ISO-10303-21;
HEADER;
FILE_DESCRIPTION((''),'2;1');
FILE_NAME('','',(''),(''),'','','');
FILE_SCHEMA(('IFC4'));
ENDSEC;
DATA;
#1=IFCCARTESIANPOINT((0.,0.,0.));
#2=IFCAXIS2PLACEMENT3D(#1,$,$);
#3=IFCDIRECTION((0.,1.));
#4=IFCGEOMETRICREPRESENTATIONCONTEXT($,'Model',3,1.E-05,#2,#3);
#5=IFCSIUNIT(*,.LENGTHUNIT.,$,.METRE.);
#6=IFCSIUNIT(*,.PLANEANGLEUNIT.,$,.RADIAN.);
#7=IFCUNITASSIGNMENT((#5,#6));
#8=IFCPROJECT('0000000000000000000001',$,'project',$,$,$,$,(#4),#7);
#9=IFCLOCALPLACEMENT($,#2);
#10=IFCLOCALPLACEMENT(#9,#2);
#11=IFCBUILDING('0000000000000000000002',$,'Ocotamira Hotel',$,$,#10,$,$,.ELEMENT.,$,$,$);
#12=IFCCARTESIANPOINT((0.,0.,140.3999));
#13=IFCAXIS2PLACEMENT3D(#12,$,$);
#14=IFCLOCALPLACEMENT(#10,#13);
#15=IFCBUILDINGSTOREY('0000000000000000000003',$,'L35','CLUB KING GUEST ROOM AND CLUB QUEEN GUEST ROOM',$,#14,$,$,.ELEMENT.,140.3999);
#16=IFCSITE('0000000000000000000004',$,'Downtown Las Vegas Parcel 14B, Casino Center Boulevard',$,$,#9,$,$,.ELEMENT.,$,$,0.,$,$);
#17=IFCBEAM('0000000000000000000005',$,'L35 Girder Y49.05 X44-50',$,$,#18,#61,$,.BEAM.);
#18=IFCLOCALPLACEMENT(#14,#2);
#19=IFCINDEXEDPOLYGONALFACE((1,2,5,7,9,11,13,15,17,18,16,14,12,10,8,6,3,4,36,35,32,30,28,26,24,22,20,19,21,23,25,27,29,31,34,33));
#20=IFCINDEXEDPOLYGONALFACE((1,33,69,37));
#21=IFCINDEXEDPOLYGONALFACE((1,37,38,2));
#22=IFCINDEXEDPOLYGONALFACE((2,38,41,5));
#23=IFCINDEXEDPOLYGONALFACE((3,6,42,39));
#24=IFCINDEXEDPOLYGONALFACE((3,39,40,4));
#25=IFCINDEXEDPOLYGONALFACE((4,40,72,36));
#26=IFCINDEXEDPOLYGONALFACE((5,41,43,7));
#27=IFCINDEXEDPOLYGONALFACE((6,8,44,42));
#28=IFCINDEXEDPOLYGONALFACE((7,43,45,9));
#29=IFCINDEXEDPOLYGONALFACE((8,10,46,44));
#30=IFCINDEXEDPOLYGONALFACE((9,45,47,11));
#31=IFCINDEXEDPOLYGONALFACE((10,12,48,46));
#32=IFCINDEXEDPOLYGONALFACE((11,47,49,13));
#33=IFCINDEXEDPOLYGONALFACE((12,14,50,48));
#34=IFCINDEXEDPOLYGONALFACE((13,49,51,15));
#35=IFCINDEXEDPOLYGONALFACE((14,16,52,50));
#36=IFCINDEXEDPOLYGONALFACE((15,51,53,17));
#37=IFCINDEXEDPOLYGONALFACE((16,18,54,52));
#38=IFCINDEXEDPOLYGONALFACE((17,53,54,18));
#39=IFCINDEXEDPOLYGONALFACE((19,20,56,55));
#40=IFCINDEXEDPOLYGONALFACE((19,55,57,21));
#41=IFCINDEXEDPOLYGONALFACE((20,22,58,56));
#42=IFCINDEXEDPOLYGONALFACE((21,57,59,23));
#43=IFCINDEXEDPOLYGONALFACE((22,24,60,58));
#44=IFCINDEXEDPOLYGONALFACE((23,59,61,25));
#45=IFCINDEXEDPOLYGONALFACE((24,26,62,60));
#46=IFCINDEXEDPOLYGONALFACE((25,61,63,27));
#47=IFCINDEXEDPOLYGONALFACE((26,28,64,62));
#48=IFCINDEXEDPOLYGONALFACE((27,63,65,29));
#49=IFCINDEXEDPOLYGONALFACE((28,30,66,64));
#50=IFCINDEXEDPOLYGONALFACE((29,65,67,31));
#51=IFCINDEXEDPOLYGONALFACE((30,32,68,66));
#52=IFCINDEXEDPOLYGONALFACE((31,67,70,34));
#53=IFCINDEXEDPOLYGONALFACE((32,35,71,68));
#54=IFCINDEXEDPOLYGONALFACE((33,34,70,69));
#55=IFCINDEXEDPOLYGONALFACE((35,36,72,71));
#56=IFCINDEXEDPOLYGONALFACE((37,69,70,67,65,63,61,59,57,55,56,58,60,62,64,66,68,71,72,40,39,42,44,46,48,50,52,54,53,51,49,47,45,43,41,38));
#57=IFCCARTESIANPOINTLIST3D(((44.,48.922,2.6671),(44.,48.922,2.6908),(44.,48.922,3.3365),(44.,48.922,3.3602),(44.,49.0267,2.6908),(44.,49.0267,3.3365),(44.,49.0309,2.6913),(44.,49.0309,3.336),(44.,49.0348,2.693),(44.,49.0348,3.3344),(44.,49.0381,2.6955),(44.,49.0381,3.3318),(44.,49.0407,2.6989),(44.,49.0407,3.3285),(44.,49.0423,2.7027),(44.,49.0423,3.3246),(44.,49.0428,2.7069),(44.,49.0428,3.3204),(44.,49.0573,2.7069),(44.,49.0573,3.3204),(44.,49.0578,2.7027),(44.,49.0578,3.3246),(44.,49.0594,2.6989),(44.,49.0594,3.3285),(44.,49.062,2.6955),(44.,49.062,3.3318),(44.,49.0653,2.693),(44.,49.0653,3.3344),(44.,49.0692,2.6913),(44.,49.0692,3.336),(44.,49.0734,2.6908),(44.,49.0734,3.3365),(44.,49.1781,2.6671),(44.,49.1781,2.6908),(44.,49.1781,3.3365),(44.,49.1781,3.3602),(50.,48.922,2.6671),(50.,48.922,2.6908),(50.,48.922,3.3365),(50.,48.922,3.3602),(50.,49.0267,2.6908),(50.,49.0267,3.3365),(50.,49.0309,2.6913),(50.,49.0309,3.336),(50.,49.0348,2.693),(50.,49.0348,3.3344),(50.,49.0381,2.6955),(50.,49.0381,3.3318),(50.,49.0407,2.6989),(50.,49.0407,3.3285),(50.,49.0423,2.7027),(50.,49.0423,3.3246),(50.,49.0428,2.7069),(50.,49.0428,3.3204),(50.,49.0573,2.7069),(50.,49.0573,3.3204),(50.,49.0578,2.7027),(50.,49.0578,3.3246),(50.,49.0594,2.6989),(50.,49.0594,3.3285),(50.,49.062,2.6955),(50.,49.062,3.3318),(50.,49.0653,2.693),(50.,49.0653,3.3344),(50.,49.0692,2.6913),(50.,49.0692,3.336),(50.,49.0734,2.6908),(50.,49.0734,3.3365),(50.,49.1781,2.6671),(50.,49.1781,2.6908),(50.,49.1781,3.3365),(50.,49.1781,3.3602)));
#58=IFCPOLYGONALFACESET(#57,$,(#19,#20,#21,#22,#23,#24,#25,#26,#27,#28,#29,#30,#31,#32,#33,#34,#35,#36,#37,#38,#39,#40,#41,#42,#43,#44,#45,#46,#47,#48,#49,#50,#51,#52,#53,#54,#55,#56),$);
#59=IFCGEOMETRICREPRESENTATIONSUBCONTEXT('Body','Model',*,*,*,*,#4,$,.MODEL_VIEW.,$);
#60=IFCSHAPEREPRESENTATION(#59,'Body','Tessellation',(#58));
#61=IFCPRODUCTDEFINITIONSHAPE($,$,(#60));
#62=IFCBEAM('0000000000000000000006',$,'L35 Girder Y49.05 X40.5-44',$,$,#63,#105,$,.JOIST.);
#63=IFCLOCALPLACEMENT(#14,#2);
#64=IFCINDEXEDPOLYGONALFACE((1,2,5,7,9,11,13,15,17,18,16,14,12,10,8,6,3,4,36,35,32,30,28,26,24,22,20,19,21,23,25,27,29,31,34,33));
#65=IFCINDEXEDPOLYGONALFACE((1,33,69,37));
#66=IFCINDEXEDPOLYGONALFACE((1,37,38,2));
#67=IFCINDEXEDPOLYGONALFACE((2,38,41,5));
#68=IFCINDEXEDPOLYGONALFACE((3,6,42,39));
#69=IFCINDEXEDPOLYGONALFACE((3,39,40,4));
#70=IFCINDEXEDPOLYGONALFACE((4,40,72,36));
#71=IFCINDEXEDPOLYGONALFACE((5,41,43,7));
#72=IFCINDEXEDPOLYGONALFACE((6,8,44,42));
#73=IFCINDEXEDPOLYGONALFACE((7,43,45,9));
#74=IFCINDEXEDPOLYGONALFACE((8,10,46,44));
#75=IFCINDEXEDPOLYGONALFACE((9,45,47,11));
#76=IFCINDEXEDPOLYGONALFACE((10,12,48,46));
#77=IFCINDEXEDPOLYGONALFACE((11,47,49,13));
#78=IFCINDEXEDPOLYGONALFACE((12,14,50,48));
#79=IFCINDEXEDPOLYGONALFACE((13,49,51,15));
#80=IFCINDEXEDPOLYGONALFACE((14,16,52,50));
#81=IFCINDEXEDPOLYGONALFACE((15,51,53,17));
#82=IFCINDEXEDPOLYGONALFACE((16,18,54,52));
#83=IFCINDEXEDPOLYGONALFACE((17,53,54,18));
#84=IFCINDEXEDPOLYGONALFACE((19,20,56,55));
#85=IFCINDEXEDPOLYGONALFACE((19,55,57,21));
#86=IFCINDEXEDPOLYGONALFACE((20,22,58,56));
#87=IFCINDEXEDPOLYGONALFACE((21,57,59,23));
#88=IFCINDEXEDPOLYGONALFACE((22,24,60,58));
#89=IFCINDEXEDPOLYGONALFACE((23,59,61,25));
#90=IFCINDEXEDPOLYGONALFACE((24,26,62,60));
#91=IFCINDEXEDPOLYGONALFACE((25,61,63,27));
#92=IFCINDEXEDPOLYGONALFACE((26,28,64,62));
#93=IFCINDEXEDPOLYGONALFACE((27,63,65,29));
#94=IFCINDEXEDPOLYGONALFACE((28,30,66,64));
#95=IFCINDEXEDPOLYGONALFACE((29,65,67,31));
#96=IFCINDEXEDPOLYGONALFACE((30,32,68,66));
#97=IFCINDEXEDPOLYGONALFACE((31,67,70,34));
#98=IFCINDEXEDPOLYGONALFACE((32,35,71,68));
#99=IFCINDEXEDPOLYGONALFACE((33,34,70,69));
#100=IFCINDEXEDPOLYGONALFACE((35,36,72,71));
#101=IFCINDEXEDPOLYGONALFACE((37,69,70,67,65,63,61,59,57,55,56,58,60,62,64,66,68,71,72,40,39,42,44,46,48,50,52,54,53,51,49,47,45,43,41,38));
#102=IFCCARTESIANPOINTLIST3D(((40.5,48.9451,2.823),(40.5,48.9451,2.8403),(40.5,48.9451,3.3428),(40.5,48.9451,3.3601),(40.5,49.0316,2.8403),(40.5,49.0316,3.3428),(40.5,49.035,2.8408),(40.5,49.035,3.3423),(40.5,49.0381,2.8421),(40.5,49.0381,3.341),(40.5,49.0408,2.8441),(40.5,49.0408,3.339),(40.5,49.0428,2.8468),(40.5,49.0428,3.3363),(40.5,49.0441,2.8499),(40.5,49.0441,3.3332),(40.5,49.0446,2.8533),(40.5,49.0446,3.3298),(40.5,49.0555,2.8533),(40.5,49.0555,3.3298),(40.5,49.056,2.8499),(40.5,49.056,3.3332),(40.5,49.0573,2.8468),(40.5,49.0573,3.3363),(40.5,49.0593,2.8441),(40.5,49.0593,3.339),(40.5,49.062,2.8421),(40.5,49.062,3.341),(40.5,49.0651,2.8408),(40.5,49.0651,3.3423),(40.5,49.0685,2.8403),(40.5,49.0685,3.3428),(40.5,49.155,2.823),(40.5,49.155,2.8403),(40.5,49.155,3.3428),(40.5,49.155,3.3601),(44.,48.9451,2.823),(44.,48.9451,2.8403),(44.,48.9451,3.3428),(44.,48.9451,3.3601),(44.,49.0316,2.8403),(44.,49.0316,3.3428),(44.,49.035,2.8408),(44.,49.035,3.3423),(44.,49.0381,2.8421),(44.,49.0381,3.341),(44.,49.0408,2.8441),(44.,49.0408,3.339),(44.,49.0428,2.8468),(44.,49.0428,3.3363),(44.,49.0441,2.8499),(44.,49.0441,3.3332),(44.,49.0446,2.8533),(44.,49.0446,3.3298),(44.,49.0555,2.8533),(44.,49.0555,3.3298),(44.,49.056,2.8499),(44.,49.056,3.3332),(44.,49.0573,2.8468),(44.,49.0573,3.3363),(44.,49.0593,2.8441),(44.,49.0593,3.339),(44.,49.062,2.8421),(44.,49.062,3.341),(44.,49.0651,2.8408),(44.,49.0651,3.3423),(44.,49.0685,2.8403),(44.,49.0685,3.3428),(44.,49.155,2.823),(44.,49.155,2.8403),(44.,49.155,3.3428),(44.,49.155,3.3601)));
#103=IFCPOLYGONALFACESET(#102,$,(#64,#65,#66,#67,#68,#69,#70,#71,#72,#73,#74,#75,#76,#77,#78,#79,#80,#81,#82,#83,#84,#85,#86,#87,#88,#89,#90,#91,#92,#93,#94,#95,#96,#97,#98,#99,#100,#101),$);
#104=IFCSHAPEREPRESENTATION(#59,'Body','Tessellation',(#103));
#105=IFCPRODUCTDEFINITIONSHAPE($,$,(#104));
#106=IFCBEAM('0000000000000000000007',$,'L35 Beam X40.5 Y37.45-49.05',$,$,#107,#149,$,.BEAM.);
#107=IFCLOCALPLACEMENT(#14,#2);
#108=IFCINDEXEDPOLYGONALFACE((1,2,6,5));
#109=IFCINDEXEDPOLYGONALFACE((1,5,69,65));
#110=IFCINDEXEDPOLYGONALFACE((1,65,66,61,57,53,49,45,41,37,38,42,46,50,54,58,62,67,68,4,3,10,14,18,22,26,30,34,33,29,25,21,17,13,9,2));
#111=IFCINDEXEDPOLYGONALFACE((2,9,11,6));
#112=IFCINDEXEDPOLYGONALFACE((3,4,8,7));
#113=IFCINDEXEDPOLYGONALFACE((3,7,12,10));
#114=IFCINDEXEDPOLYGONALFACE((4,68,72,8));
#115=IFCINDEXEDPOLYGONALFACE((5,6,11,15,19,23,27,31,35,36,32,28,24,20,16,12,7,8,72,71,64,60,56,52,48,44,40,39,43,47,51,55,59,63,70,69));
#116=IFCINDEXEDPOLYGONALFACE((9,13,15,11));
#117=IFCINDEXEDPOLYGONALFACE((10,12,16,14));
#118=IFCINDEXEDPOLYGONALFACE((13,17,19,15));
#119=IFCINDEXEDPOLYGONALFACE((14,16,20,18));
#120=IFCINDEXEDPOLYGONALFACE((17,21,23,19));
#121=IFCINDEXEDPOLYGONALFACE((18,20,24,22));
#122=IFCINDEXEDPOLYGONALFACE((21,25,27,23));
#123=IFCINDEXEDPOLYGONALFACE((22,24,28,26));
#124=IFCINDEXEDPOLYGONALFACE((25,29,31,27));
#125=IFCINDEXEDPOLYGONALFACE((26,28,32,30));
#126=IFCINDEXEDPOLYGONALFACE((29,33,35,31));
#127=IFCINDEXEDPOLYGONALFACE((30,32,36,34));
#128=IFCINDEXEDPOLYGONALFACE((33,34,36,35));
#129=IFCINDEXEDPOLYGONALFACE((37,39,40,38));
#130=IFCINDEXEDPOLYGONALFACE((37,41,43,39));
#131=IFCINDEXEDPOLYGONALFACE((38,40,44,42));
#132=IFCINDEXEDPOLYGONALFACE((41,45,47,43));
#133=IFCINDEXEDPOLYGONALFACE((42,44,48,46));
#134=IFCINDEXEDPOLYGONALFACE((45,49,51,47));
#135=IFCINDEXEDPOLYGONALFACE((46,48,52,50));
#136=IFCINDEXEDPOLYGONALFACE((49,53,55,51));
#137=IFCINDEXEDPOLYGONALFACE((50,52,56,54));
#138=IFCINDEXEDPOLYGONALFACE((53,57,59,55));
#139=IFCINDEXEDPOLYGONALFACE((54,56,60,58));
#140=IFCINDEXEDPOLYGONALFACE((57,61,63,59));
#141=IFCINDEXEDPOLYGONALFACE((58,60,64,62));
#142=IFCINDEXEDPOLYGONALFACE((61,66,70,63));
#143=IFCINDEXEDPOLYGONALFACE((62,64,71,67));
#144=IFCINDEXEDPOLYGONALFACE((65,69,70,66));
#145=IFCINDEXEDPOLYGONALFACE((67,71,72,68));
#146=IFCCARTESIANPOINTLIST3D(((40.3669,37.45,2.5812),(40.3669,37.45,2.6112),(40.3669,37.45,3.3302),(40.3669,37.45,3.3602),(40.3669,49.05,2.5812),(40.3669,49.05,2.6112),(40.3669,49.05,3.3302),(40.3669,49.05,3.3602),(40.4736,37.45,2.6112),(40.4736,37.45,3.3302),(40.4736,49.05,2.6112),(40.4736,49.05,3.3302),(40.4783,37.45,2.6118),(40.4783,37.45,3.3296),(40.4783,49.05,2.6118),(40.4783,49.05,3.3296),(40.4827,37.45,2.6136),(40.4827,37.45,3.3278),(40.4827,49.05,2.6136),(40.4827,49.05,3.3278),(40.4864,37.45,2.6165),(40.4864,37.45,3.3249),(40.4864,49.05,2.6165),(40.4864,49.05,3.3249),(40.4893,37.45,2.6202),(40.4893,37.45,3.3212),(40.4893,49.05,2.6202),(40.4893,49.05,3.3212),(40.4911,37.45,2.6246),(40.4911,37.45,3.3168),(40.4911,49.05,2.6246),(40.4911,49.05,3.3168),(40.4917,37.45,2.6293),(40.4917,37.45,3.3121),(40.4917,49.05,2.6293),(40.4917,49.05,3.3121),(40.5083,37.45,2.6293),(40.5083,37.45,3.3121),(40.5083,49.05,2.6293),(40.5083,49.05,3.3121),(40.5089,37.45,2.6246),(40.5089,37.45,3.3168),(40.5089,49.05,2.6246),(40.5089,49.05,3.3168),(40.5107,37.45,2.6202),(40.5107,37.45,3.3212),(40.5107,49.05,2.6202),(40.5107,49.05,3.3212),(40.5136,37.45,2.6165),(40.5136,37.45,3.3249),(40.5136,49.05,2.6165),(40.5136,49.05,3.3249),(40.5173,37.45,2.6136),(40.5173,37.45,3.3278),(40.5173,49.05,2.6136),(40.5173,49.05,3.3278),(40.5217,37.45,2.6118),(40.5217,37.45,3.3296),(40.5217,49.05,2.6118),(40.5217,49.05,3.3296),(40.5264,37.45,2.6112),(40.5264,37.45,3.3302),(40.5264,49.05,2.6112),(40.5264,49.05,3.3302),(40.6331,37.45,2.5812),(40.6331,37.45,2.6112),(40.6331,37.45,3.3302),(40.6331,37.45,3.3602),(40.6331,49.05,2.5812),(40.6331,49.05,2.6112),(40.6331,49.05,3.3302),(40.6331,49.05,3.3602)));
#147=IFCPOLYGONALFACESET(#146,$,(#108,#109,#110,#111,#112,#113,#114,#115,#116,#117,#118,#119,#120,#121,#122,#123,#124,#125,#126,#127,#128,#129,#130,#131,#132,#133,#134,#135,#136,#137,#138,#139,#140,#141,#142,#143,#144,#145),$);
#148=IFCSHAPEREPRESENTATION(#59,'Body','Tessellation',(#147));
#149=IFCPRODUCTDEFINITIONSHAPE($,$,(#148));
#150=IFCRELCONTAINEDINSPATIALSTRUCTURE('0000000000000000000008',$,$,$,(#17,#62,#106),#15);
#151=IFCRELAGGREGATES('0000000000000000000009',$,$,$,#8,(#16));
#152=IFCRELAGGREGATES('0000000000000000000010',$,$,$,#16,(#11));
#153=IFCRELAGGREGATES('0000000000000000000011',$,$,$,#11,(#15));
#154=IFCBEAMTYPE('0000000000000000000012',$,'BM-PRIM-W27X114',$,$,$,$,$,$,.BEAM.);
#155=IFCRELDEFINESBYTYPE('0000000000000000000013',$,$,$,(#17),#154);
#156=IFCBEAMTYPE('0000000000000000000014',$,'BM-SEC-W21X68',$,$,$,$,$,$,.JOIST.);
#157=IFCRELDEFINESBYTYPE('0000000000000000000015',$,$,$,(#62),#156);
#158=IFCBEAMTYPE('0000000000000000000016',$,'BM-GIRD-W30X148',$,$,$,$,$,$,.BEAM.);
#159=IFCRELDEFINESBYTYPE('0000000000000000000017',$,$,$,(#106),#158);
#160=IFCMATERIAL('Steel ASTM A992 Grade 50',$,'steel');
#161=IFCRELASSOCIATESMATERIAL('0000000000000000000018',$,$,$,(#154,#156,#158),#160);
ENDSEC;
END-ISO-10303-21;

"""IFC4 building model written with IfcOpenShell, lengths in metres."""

from ifc_helpers import new_model, si_unit, direction, frame, origin, origin_2d, place, context, subcontext, project, spatial, i_section, extrude, source, transform, mapped, material, material_profile, profile_set, type_object, element, save


model = new_model("IFC4")

# Units and contexts
model_context = context("Model", 3, precision=1e-05, world=origin(), true_north=direction((0.0, 1.0)))
body_context = subcontext(model_context, "Body", "Model", "MODEL_VIEW")
ifc_project = project(units=[si_unit("LENGTHUNIT", "METRE"), si_unit("PLANEANGLEUNIT", "RADIAN")], contexts=[model_context])

# Site, building, storey
site_placement = place(None, origin())
site = spatial("IfcSite", under=ifc_project, at=site_placement, Name="Downtown Las Vegas Parcel 14B, Casino Center Boulevard", CompositionType="ELEMENT", RefElevation=0.0)
building_placement = place(site_placement, origin())
building = spatial("IfcBuilding", under=site, at=building_placement, Name="Ocotamira Hotel", CompositionType="ELEMENT")
storey_placement = place(building_placement, frame((0.0, 0.0, 140.3999)))
storey = spatial("IfcBuildingStorey", under=building, at=storey_placement, Name="L35", Description="CLUB KING GUEST ROOM AND CLUB QUEEN GUEST ROOM", CompositionType="ELEMENT", Elevation=140.3999)

# Beams
ifc_material_1 = material(Name="Steel ASTM A992 Grade 50", Category="steel")
ifc_material_profile_1 = material_profile(ifc_material_1, i_section(OverallWidth=0.2561, OverallDepth=0.6931, WebThickness=0.0144, FlangeThickness=0.0237, FilletRadius=0.0161, at=origin_2d()), Name="W27X114")
ifc_profile_set_1 = profile_set([ifc_material_profile_1], Name="Steel ASTM A992 Grade 50")
beam_type_1 = type_object("IfcBeamType", Name="BM-PRIM-W27X114", PredefinedType="BEAM", material=ifc_profile_set_1)
shared_shape_1 = source(origin(), body_context, "Body", "SweptSolid", [
    extrude(i_section(OverallWidth=0.2561, OverallDepth=0.6931, WebThickness=0.0144, FlangeThickness=0.0237, FilletRadius=0.0161, at=origin_2d()), origin(), (0.0, 0.0, 1.0), 6.0),
])
beam_1_placement = place(storey_placement, frame((44.0, 49.05, 3.0137), z_axis=(1.0, 0.0, 0.0), x_axis=(0.0, 1.0, 0.0)))
element("IfcBeam", 1, at=beam_1_placement, inside=storey, type_object=beam_type_1, Name="L35 Girder Y49.05 X44-50", PredefinedType="BEAM", context=body_context, shape_type="MappedRepresentation", body=[
    mapped(shared_shape_1, transform((0.0, 0.0, 0.0), scale=1.0)),
])
ifc_material_profile_2 = material_profile(ifc_material_1, i_section(OverallWidth=0.21, OverallDepth=0.5371, WebThickness=0.011, FlangeThickness=0.0173, FilletRadius=0.0129, at=origin_2d()), Name="W21X68")
ifc_profile_set_2 = profile_set([ifc_material_profile_2], Name="Steel ASTM A992 Grade 50")
beam_type_2 = type_object("IfcBeamType", Name="BM-SEC-W21X68", PredefinedType="JOIST", material=ifc_profile_set_2)
shared_shape_2 = source(origin(), body_context, "Body", "SweptSolid", [
    extrude(i_section(OverallWidth=0.21, OverallDepth=0.5371, WebThickness=0.011, FlangeThickness=0.0173, FilletRadius=0.0129, at=origin_2d()), origin(), (0.0, 0.0, 1.0), 3.5),
])
beam_2_placement = place(storey_placement, frame((40.5, 49.05, 3.0916), z_axis=(1.0, 0.0, 0.0), x_axis=(0.0, 1.0, 0.0)))
element("IfcBeam", 2, at=beam_2_placement, inside=storey, type_object=beam_type_2, Name="L35 Girder Y49.05 X40.5-44", PredefinedType="JOIST", context=body_context, shape_type="MappedRepresentation", body=[
    mapped(shared_shape_2, transform((0.0, 0.0, 0.0), scale=1.0)),
])
ifc_material_profile_3 = material_profile(ifc_material_1, i_section(OverallWidth=0.2661, OverallDepth=0.7791, WebThickness=0.0166, FlangeThickness=0.03, FilletRadius=0.0181, at=origin_2d()), Name="W30X148")
ifc_profile_set_3 = profile_set([ifc_material_profile_3], Name="Steel ASTM A992 Grade 50")
beam_type_3 = type_object("IfcBeamType", Name="BM-GIRD-W30X148", PredefinedType="BEAM", material=ifc_profile_set_3)
shared_shape_3 = source(origin(), body_context, "Body", "SweptSolid", [
    extrude(i_section(OverallWidth=0.2661, OverallDepth=0.7791, WebThickness=0.0166, FlangeThickness=0.03, FilletRadius=0.0181, at=origin_2d()), origin(), (0.0, 0.0, 1.0), 11.6001),
])
beam_3_placement = place(storey_placement, frame((40.5, 37.45, 2.9707), z_axis=(0.0, 1.0, 0.0), x_axis=(-1.0, 0.0, 0.0)))
element("IfcBeam", 3, at=beam_3_placement, inside=storey, type_object=beam_type_3, Name="L35 Beam X40.5 Y37.45-49.05", PredefinedType="BEAM", context=body_context, shape_type="MappedRepresentation", body=[
    mapped(shared_shape_3, transform((0.0, 0.0, 0.0), scale=1.0)),
])

save(model, "model.ifc")
